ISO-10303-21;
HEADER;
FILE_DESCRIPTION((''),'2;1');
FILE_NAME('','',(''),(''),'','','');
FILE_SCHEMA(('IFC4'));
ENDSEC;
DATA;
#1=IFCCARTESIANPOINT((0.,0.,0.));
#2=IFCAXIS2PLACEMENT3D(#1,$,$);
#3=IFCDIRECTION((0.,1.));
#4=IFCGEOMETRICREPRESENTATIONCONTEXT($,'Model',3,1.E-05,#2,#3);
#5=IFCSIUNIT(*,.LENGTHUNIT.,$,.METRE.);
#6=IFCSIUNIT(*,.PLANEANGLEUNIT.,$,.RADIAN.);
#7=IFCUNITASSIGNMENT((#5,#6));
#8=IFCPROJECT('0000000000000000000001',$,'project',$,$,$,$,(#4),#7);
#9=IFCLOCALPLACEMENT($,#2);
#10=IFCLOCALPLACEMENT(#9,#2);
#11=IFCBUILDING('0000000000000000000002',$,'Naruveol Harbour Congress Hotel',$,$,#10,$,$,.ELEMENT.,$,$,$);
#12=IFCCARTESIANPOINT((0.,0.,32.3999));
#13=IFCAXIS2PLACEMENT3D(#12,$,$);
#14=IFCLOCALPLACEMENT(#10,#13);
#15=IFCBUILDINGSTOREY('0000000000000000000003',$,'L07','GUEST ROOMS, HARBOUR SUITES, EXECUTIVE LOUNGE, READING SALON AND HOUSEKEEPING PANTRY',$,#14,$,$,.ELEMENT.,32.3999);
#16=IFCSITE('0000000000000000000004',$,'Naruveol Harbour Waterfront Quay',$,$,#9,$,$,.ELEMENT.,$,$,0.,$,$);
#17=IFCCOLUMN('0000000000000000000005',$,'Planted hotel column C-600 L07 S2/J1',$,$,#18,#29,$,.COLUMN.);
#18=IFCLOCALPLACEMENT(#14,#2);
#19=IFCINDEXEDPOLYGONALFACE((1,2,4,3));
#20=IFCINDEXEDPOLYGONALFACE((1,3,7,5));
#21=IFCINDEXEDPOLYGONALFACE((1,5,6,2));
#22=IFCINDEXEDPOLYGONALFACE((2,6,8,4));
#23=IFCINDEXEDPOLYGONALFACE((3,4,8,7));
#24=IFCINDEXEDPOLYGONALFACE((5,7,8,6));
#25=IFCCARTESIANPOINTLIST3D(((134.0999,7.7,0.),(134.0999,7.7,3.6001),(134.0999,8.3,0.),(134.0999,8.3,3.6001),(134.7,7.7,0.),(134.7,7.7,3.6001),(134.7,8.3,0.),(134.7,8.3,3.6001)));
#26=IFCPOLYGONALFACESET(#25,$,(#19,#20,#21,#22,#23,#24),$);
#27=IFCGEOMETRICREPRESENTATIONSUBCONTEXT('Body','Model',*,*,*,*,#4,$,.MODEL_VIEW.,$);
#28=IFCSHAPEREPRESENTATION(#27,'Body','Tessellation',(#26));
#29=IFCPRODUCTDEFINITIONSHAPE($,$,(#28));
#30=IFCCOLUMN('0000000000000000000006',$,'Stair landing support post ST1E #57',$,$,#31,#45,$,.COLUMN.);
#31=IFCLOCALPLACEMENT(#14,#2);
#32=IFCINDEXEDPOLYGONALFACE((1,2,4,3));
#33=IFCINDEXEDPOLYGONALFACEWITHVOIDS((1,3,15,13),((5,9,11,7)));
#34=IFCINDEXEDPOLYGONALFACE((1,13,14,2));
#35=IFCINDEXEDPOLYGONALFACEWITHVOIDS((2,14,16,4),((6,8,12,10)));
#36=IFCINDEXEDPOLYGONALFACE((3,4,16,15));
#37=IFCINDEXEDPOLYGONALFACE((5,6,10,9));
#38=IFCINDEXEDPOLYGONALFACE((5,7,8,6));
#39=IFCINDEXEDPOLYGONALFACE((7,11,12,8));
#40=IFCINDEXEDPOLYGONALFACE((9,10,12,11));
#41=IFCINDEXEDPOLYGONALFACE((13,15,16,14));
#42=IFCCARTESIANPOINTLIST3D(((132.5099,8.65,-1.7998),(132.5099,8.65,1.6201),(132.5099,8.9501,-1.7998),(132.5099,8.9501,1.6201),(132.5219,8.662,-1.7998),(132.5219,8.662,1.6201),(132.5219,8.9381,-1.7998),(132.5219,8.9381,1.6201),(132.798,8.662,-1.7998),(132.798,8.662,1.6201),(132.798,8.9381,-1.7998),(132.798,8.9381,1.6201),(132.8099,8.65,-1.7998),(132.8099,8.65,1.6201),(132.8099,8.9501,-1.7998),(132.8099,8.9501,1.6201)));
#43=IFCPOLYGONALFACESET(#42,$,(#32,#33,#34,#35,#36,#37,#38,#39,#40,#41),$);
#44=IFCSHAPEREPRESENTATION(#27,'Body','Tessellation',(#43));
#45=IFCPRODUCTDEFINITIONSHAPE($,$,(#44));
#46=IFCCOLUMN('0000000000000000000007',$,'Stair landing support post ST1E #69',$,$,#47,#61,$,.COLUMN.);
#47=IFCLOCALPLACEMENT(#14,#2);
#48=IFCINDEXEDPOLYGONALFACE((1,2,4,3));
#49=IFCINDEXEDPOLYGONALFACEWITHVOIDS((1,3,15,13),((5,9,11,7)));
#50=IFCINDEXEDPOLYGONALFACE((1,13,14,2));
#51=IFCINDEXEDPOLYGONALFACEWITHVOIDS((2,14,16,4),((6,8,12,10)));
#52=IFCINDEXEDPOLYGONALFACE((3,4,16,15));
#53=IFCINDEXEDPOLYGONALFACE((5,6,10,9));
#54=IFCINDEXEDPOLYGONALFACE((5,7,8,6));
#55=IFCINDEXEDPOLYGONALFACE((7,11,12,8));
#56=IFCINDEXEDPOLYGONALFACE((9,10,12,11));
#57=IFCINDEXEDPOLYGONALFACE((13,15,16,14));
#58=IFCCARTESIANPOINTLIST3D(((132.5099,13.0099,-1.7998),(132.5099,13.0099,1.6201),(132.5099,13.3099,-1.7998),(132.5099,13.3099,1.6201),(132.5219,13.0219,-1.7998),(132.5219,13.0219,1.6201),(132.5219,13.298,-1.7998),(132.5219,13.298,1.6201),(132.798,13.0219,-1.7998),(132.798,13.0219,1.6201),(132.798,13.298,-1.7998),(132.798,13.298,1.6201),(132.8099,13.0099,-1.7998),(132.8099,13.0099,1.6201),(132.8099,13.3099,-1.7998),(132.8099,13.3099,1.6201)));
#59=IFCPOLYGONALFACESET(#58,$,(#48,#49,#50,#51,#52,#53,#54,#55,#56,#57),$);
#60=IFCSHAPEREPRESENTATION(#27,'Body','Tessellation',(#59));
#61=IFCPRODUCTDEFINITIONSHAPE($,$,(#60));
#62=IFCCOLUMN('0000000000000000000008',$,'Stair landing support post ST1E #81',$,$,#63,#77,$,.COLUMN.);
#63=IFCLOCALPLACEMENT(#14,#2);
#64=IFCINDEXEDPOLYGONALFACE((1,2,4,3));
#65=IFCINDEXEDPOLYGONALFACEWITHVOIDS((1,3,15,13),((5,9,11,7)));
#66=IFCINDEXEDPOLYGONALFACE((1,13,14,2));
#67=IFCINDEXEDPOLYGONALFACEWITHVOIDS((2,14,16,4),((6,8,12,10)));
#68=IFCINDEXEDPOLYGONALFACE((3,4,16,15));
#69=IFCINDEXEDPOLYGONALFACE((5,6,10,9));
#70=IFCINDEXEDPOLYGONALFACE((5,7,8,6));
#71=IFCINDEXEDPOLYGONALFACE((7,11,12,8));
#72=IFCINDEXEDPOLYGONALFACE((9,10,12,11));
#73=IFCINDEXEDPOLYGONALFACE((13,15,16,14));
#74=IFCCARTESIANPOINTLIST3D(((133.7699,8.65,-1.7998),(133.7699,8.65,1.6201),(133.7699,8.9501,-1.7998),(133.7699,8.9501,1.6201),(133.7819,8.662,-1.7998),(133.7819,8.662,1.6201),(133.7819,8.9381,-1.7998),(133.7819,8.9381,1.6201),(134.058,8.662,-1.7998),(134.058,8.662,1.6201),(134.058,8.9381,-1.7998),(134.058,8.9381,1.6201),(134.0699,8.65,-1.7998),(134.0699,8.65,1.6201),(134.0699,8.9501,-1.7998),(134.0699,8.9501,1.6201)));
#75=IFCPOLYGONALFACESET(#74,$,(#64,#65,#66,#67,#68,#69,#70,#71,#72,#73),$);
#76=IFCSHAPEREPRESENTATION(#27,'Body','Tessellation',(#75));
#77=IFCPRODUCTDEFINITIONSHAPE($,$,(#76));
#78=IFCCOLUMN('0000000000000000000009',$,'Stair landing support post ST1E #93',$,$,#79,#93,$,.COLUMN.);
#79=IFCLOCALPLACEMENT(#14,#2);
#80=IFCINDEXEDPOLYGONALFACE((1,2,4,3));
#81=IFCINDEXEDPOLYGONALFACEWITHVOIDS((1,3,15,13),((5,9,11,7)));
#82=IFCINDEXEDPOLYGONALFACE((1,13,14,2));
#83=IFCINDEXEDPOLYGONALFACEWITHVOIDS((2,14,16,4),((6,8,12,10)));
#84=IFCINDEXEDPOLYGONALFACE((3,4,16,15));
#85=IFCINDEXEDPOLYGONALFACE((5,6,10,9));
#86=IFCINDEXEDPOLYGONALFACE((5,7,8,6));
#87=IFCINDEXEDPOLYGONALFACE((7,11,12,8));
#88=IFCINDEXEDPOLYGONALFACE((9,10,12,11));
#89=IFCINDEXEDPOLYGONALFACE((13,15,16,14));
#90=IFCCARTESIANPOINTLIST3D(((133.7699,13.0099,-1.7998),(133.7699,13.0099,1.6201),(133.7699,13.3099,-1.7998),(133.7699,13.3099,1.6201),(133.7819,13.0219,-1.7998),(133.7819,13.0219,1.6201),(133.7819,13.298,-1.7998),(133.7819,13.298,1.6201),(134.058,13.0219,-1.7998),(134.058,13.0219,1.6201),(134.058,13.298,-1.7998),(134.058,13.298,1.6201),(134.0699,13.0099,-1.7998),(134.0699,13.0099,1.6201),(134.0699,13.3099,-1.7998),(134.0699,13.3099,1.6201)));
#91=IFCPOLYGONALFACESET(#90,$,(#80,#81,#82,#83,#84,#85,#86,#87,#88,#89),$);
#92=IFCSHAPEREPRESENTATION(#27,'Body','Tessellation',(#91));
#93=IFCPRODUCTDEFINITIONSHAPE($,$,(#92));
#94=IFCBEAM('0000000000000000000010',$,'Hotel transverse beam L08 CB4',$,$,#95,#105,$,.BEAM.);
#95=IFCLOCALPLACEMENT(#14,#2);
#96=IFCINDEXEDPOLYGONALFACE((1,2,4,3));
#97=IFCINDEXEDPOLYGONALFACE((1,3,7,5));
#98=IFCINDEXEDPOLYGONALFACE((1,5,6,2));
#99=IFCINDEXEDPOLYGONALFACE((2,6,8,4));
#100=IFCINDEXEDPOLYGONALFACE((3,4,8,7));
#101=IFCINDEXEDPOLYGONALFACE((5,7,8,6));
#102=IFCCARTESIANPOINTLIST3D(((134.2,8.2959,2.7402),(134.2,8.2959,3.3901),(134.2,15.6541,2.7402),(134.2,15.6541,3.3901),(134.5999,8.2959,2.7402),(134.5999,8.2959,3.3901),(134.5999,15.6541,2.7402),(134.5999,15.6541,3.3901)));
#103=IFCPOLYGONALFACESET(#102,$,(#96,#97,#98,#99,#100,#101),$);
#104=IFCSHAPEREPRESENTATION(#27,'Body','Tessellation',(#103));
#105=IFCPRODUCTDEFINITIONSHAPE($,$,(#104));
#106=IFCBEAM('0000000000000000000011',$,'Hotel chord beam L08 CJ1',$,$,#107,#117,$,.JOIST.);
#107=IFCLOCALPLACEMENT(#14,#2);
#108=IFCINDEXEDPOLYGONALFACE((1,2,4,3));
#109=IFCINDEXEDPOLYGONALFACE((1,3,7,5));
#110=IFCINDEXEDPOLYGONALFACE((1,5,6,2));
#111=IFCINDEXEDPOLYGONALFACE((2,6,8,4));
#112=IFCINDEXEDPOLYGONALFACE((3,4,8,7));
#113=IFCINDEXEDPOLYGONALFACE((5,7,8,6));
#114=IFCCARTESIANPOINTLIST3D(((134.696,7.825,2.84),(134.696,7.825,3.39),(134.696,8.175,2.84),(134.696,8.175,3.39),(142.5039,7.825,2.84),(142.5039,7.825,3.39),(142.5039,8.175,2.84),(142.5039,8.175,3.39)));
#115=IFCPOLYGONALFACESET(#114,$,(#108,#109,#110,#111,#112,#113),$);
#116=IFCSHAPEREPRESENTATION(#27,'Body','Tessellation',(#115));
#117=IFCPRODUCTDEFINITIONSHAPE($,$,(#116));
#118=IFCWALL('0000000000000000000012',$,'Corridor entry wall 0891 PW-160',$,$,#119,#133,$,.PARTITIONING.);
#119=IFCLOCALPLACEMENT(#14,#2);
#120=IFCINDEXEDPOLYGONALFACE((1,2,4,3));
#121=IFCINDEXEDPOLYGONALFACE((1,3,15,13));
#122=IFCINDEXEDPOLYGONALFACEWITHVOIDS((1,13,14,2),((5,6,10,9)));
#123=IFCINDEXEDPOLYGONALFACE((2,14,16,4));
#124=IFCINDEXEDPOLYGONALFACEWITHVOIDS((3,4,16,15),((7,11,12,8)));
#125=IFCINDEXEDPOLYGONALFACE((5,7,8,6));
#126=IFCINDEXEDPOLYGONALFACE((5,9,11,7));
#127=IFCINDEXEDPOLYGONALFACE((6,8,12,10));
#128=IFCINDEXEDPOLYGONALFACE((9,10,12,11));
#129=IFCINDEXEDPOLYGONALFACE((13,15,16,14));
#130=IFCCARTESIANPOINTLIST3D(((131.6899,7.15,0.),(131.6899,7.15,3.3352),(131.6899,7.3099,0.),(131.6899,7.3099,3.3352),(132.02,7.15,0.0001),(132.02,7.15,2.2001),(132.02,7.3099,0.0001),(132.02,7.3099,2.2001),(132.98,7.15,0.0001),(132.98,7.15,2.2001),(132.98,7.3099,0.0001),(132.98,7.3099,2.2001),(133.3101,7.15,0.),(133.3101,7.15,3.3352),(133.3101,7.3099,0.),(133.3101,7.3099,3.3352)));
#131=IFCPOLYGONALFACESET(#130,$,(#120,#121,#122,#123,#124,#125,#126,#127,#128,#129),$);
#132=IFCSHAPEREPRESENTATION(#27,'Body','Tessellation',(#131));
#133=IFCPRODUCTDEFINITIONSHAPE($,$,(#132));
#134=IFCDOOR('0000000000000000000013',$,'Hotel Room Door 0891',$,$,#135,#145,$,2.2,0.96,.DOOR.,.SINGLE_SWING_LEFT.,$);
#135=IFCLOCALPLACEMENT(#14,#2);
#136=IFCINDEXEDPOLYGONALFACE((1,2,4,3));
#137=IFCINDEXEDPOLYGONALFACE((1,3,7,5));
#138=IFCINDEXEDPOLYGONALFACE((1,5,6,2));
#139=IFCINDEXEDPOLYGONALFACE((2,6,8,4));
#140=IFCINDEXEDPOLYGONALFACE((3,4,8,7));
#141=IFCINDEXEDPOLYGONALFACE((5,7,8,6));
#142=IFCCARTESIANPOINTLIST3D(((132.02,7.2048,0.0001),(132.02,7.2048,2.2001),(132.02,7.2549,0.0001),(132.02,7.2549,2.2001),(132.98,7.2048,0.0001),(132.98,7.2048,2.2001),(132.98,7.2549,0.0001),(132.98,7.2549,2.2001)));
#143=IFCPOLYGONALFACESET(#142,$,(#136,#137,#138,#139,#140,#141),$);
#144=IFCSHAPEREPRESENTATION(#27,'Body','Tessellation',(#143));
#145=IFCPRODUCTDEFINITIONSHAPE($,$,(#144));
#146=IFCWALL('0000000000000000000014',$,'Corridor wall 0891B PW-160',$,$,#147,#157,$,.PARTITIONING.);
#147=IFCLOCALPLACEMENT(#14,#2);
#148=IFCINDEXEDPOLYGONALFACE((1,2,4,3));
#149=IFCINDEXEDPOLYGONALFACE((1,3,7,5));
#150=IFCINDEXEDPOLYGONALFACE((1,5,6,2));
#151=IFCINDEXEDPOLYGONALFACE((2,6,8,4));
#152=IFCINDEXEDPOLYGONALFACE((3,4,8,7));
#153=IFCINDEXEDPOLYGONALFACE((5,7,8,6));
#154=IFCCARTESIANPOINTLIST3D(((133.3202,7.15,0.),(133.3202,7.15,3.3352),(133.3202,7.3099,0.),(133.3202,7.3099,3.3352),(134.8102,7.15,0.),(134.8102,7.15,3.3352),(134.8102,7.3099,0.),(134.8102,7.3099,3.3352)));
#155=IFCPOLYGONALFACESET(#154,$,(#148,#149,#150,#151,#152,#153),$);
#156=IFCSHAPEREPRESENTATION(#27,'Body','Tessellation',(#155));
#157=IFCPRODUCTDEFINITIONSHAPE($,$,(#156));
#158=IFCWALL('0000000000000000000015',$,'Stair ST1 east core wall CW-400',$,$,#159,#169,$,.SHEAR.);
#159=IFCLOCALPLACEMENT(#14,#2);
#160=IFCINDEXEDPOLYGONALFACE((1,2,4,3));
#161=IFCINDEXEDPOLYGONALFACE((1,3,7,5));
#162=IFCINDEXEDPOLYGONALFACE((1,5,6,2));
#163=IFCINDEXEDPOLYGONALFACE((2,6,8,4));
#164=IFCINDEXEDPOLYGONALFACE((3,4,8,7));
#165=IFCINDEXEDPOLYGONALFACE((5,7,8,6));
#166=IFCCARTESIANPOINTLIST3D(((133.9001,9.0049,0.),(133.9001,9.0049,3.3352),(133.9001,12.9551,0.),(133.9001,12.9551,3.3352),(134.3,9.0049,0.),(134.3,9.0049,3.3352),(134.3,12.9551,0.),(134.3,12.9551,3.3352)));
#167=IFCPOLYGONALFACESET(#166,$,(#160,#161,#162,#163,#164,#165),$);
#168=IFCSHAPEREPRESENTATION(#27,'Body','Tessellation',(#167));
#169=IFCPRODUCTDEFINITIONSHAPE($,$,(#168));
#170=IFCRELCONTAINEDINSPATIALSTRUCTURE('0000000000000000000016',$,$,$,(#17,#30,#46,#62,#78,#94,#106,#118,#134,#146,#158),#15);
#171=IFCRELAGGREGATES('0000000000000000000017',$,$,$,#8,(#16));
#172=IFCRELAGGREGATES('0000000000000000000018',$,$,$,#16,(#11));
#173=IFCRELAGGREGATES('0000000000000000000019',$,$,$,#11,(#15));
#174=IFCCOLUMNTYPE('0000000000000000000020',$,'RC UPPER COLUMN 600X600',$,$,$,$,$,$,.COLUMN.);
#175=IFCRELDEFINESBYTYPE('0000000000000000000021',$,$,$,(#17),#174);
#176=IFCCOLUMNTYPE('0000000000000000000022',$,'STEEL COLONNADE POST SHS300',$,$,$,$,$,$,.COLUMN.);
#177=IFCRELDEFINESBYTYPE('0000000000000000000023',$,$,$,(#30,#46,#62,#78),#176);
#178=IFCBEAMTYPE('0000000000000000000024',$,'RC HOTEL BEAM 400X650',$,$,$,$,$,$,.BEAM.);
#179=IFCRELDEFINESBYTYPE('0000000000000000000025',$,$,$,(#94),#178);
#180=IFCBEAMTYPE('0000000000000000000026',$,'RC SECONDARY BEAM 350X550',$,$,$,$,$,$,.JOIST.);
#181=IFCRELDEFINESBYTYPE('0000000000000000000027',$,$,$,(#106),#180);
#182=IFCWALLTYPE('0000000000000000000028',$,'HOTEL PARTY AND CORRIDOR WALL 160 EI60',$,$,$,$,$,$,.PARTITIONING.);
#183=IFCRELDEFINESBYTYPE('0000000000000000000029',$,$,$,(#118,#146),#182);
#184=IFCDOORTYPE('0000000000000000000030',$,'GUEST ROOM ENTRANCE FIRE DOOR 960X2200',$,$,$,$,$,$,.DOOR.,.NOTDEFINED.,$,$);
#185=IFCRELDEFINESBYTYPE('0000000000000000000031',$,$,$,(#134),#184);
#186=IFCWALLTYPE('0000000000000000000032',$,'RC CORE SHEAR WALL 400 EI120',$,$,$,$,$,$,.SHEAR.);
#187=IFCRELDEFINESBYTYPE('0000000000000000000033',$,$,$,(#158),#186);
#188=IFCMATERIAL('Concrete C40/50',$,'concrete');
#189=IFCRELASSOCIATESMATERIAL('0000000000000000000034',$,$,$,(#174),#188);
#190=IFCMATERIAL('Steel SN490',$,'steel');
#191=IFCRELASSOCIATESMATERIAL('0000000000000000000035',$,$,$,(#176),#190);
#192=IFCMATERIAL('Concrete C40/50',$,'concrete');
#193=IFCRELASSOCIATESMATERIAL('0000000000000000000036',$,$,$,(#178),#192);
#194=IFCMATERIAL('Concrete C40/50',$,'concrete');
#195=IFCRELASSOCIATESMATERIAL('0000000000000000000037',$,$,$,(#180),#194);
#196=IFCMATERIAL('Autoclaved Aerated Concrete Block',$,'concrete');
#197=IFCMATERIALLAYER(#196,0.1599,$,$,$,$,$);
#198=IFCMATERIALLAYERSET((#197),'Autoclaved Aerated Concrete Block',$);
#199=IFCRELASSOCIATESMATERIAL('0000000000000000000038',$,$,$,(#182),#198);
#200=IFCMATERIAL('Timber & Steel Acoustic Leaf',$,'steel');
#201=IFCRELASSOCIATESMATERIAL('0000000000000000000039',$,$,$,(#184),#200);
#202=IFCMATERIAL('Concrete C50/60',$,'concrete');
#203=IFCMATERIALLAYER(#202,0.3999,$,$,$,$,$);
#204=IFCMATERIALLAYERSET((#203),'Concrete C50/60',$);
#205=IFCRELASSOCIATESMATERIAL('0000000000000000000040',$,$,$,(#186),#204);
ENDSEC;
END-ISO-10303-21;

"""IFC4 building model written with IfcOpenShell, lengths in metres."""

from ifc_helpers import new_model, si_unit, direction, frame, frame_2d, origin, origin_2d, place, context, subcontext, project, spatial, rectangle, hollow_rectangle, extrude, material, layer, layer_set, material_profile, profile_set, type_object, element, fill, save


model = new_model("IFC4")

# Units and contexts
model_context = context("Model", 3, precision=1e-05, world=origin(), true_north=direction((0.0, 1.0)))
body_context = subcontext(model_context, "Body", "Model", "MODEL_VIEW")
ifc_project = project(units=[si_unit("LENGTHUNIT", "METRE"), si_unit("PLANEANGLEUNIT", "RADIAN")], contexts=[model_context])

# Site, building, storey
site_placement = place(None, origin())
site = spatial("IfcSite", under=ifc_project, at=site_placement, Name="Naruveol Harbour Waterfront Quay", CompositionType="ELEMENT", RefElevation=0.0)
building_placement = place(site_placement, origin())
building = spatial("IfcBuilding", under=site, at=building_placement, Name="Naruveol Harbour Congress Hotel", CompositionType="ELEMENT")
storey_placement = place(building_placement, frame((0.0, 0.0, 32.3999)))
storey = spatial("IfcBuildingStorey", under=building, at=storey_placement, Name="L07", Description="GUEST ROOMS, HARBOUR SUITES, EXECUTIVE LOUNGE, READING SALON AND HOUSEKEEPING PANTRY", CompositionType="ELEMENT", Elevation=32.3999)

# Columns
ifc_material_1 = material(Name="Concrete C40/50", Category="concrete")
ifc_material_profile_1 = material_profile(ifc_material_1, rectangle(XDim=0.6001, YDim=0.6001, at=origin_2d()), Name="RC-600x600")
ifc_profile_set_1 = profile_set([ifc_material_profile_1], Name="Concrete C40/50")
column_type_1 = type_object("IfcColumnType", Name="RC UPPER COLUMN 600X600", PredefinedType="COLUMN", material=ifc_profile_set_1)
column_placement = place(storey_placement, frame((134.3999, 8.0, 0.0), z_axis=(0.0, 0.0, 1.0), x_axis=(1.0, 0.0, 0.0)))
element("IfcColumn", 1, at=column_placement, inside=storey, type_object=column_type_1, Name="Planted hotel column C-600 L07 S2/J1", PredefinedType="COLUMN", context=body_context, shape_type="SweptSolid", body=[
    extrude(rectangle(XDim=0.6001, YDim=0.6001, at=origin_2d()), origin(), (0.0, 0.0, 1.0), 3.6001),
])
ifc_material_2 = material(Name="Steel SN490", Category="steel")
ifc_material_profile_2 = material_profile(ifc_material_2, hollow_rectangle(XDim=0.3, YDim=0.3, WallThickness=0.012, at=origin_2d()), Name="SHS-300x300x12")
ifc_profile_set_2 = profile_set([ifc_material_profile_2], Name="Steel SN490")
column_type_2 = type_object("IfcColumnType", Name="STEEL COLONNADE POST SHS300", PredefinedType="COLUMN", material=ifc_profile_set_2)
for number, where, z_axis, x_axis, name in (
    (2, (132.6599, 8.8, -1.7998), (0.0, 0.0, 1.0), (1.0, 0.0, 0.0), "Stair landing support post ST1E #57"),
    (3, (132.6599, 13.1599, -1.7998), (0.0, 0.0, 1.0), (1.0, 0.0, 0.0), "Stair landing support post ST1E #69"),
    (4, (133.9199, 8.8, -1.7998), (0.0, 0.0, 1.0), (1.0, 0.0, 0.0), "Stair landing support post ST1E #81"),
    (5, (133.9199, 13.1599, -1.7998), (0.0, 0.0, 1.0), (1.0, 0.0, 0.0), "Stair landing support post ST1E #93"),
):
    element("IfcColumn", number, at=place(storey_placement, frame(where, z_axis=z_axis, x_axis=x_axis)), inside=storey, type_object=column_type_2, Name=name, PredefinedType="COLUMN", context=body_context, shape_type="SweptSolid", body=[
        extrude(hollow_rectangle(XDim=0.3, YDim=0.3, WallThickness=0.012, at=origin_2d()), origin(), (0.0, 0.0, 1.0), 3.4199),
    ])

# Beams
ifc_material_3 = material(Name="Concrete C40/50", Category="concrete")
ifc_material_profile_3 = material_profile(ifc_material_3, rectangle(XDim=0.3999, YDim=0.6499, at=origin_2d()), Name="RCB-400x650")
ifc_profile_set_3 = profile_set([ifc_material_profile_3], Name="Concrete C40/50")
beam_type_1 = type_object("IfcBeamType", Name="RC HOTEL BEAM 400X650", PredefinedType="BEAM", material=ifc_profile_set_3)
beam_1_placement = place(storey_placement, frame((134.3999, 8.2959, 3.0652), z_axis=(0.0, 1.0, 0.0), x_axis=(-1.0, 0.0, 0.0)))
element("IfcBeam", 6, at=beam_1_placement, inside=storey, type_object=beam_type_1, Name="Hotel transverse beam L08 CB4", PredefinedType="BEAM", context=body_context, shape_type="SweptSolid", body=[
    extrude(rectangle(XDim=0.3999, YDim=0.6499, at=origin_2d()), origin(), (0.0, 0.0, 1.0), 7.3582),
])
ifc_material_4 = material(Name="Concrete C40/50", Category="concrete")
ifc_material_profile_4 = material_profile(ifc_material_4, rectangle(XDim=0.3501, YDim=0.55, at=origin_2d()), Name="RCB-350x550")
ifc_profile_set_4 = profile_set([ifc_material_profile_4], Name="Concrete C40/50")
beam_type_2 = type_object("IfcBeamType", Name="RC SECONDARY BEAM 350X550", PredefinedType="JOIST", material=ifc_profile_set_4)
beam_2_placement = place(storey_placement, frame((134.696, 8.0, 3.115), z_axis=(1.0, 0.0, 0.0), x_axis=(0.0, 1.0, 0.0)))
element("IfcBeam", 7, at=beam_2_placement, inside=storey, type_object=beam_type_2, Name="Hotel chord beam L08 CJ1", PredefinedType="JOIST", context=body_context, shape_type="SweptSolid", body=[
    extrude(rectangle(XDim=0.3501, YDim=0.55, at=origin_2d()), origin(), (0.0, 0.0, 1.0), 7.8079),
])

# Wall, opening, door
ifc_material_5 = material(Name="Autoclaved Aerated Concrete Block", Category="concrete")
ifc_layer_1 = layer(ifc_material_5, 0.1599)
ifc_layer_set_1 = layer_set([ifc_layer_1], Name="Autoclaved Aerated Concrete Block")
wall_type_1 = type_object("IfcWallType", Name="HOTEL PARTY AND CORRIDOR WALL 160 EI60", PredefinedType="PARTITIONING", material=ifc_layer_set_1)
wall_1_placement = place(storey_placement, frame((131.6899, 7.23, 0.0), z_axis=(0.0, 0.0, 1.0), x_axis=(1.0, 0.0, 0.0)))
wall_1 = element("IfcWall", 8, at=wall_1_placement, inside=storey, type_object=wall_type_1, Name="Corridor entry wall 0891 PW-160", PredefinedType="PARTITIONING", context=body_context, shape_type="SweptSolid", body=[
    extrude(rectangle(XDim=1.6201, YDim=0.1599, at=frame_2d((0.8101, 0.0))), origin(), (0.0, 0.0, 1.0), 3.3352),
])
opening_placement = place(wall_1_placement, frame((0.3301, 0.0, 0.0)))
opening = element("IfcOpeningElement", 9, at=opening_placement, cuts=wall_1, PredefinedType="OPENING", context=body_context, shape_type="SweptSolid", body=[
    extrude(rectangle(XDim=0.96, YDim=2.2, at=frame_2d((0.48, 1.1001))), frame((0.0, 0.0898, 0.0), z_axis=(0.0, -1.0, 0.0), x_axis=(1.0, 0.0, 0.0)), (0.0, 0.0, 1.0), 0.1799),
])
ifc_material_6 = material(Name="Timber & Steel Acoustic Leaf", Category="steel")
door_type = type_object("IfcDoorType", Name="GUEST ROOM ENTRANCE FIRE DOOR 960X2200", OperationType="NOTDEFINED", PredefinedType="DOOR", material=ifc_material_6)
door_placement = place(opening_placement, origin())
door = element("IfcDoor", 10, at=door_placement, inside=storey, type_object=door_type, Name="Hotel Room Door 0891", OperationType="SINGLE_SWING_LEFT", OverallHeight=2.2, OverallWidth=0.96, PredefinedType="DOOR", context=body_context, shape_type="SweptSolid", body=[
    extrude(rectangle(XDim=0.96, YDim=2.2, at=frame_2d((0.48, 1.1001))), frame((0.0, 0.0249, 0.0), z_axis=(0.0, -1.0, 0.0), x_axis=(1.0, 0.0, 0.0)), (0.0, 0.0, 1.0), 0.05),
])
fill(opening, door)

# Walls
wall_2_placement = place(storey_placement, frame((133.3201, 7.23, 0.0), z_axis=(0.0, 0.0, 1.0), x_axis=(1.0, 0.0, 0.0)))
element("IfcWall", 11, at=wall_2_placement, inside=storey, type_object=wall_type_1, Name="Corridor wall 0891B PW-160", PredefinedType="PARTITIONING", context=body_context, shape_type="SweptSolid", body=[
    extrude(rectangle(XDim=1.49, YDim=0.1599, at=frame_2d((0.7451, 0.0))), origin(), (0.0, 0.0, 1.0), 3.3352),
])
ifc_material_7 = material(Name="Concrete C50/60", Category="concrete")
ifc_layer_2 = layer(ifc_material_7, 0.3999)
ifc_layer_set_2 = layer_set([ifc_layer_2], Name="Concrete C50/60")
wall_type_2 = type_object("IfcWallType", Name="RC CORE SHEAR WALL 400 EI120", PredefinedType="SHEAR", material=ifc_layer_set_2)
wall_3_placement = place(storey_placement, frame((134.1001, 9.0049, 0.0), z_axis=(0.0, 0.0, 1.0), x_axis=(0.0, 1.0, 0.0)))
element("IfcWall", 12, at=wall_3_placement, inside=storey, type_object=wall_type_2, Name="Stair ST1 east core wall CW-400", PredefinedType="SHEAR", context=body_context, shape_type="SweptSolid", body=[
    extrude(rectangle(XDim=3.9502, YDim=0.3999, at=frame_2d((1.9751, 0.0))), origin(), (0.0, 0.0, 1.0), 3.3352),
])

save(model, "model.ifc")
